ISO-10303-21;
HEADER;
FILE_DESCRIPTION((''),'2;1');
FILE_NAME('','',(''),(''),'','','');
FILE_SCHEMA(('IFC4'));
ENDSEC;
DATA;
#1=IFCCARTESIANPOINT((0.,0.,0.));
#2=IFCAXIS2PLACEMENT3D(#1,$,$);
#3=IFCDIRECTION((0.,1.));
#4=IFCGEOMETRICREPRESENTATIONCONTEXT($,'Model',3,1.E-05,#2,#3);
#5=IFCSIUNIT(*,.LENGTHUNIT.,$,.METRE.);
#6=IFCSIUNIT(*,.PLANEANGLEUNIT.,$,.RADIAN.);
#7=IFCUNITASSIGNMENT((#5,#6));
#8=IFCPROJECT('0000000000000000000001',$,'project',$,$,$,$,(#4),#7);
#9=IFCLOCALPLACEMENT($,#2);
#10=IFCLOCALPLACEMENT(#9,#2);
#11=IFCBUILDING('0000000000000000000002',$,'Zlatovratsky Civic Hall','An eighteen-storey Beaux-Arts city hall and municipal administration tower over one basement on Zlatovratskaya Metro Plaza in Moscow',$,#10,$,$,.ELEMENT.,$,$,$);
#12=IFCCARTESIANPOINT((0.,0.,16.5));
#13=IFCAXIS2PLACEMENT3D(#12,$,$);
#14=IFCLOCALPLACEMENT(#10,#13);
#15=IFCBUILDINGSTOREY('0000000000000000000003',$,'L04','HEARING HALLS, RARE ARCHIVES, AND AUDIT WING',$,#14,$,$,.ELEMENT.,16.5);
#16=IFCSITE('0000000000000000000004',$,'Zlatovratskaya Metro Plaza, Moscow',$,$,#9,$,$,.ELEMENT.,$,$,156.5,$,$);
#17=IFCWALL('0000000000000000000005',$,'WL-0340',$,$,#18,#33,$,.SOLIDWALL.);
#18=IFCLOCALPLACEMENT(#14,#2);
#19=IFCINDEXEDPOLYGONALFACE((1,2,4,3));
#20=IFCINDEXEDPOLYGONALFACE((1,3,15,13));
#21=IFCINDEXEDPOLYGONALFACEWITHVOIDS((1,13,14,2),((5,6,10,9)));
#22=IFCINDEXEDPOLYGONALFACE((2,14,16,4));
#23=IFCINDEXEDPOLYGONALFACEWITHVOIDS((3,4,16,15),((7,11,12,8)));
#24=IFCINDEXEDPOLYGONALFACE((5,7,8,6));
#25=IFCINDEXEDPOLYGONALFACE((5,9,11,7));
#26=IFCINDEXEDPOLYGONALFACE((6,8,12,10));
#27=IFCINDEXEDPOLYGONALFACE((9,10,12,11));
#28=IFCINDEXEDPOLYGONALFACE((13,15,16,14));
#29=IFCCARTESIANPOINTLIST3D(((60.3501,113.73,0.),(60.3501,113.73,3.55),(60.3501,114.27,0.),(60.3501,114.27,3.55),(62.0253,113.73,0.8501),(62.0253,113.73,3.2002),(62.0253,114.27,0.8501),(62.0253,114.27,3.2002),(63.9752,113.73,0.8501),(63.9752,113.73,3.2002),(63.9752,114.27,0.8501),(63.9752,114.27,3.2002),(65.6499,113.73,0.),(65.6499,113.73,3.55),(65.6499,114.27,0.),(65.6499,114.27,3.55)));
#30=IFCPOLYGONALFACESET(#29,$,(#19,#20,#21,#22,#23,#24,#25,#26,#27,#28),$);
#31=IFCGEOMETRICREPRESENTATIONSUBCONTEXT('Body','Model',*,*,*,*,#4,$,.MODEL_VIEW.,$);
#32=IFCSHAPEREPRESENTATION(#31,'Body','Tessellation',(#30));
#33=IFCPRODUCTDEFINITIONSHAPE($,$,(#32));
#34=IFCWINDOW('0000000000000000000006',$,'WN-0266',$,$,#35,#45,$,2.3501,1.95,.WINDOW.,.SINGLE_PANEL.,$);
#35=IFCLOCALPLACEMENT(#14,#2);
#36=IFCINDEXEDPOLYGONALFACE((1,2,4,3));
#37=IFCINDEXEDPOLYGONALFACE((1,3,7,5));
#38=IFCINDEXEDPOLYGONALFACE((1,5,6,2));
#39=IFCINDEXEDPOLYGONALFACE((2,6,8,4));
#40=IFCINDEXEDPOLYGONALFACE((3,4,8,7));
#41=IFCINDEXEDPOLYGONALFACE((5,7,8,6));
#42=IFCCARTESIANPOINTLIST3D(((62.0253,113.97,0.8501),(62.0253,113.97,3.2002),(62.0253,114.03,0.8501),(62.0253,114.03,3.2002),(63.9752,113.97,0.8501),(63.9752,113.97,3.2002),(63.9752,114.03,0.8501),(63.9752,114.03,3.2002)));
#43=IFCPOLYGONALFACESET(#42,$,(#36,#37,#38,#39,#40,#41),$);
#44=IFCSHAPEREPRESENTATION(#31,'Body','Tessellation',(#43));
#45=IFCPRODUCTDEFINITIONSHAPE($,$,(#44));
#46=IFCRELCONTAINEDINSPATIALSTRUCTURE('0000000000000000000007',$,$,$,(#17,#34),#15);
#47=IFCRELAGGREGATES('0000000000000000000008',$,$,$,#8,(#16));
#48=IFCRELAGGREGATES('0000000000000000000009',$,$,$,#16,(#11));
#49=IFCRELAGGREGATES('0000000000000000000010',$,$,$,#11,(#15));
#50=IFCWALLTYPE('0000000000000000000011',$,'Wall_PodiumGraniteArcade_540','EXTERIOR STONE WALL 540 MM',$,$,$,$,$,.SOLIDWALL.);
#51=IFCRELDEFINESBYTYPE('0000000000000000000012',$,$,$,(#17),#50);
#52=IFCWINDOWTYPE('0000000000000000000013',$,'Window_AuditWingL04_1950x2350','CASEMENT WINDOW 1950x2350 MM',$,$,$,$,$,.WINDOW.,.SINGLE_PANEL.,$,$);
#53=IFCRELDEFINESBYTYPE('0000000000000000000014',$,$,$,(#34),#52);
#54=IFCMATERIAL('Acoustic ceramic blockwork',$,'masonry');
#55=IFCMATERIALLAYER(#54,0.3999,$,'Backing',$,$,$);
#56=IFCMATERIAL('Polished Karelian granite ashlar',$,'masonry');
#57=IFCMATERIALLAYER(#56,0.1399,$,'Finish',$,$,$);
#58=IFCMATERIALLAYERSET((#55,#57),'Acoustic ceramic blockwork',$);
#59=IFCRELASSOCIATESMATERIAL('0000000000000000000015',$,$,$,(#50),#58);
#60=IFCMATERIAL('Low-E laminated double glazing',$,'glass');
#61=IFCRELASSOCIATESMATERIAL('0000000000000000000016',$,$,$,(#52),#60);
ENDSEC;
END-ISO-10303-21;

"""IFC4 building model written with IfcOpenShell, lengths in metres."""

from ifc_helpers import new_model, si_unit, direction, frame, frame_2d, origin, place, context, subcontext, project, spatial, rectangle, extrude, material, layer, layer_set, type_object, element, fill, save


model = new_model("IFC4")

# Units and contexts
model_context = context("Model", 3, precision=1e-05, world=origin(), true_north=direction((0.0, 1.0)))
body_context = subcontext(model_context, "Body", "Model", "MODEL_VIEW")
ifc_project = project(units=[si_unit("LENGTHUNIT", "METRE"), si_unit("PLANEANGLEUNIT", "RADIAN")], contexts=[model_context])

# Site, building, storey
site_placement = place(None, origin())
site = spatial("IfcSite", under=ifc_project, at=site_placement, Name="Zlatovratskaya Metro Plaza, Moscow", CompositionType="ELEMENT", RefElevation=156.5)
building_placement = place(site_placement, origin())
building = spatial("IfcBuilding", under=site, at=building_placement, Name="Zlatovratsky Civic Hall", Description="An eighteen-storey Beaux-Arts city hall and municipal administration tower over one basement on Zlatovratskaya Metro Plaza in Moscow", CompositionType="ELEMENT")
storey_placement = place(building_placement, frame((0.0, 0.0, 16.5)))
storey = spatial("IfcBuildingStorey", under=building, at=storey_placement, Name="L04", Description="HEARING HALLS, RARE ARCHIVES, AND AUDIT WING", CompositionType="ELEMENT", Elevation=16.5)

# Wall, opening, window
ifc_material_1 = material(Name="Acoustic ceramic blockwork", Category="masonry")
ifc_layer_1 = layer(ifc_material_1, 0.3999, Name="Backing")
ifc_material_2 = material(Name="Polished Karelian granite ashlar", Category="masonry")
ifc_layer_2 = layer(ifc_material_2, 0.1399, Name="Finish")
ifc_layer_set = layer_set([ifc_layer_1, ifc_layer_2], Name="Acoustic ceramic blockwork")
wall_type = type_object("IfcWallType", Name="Wall_PodiumGraniteArcade_540", Description="EXTERIOR STONE WALL 540 MM", PredefinedType="SOLIDWALL", material=ifc_layer_set)
ifc_material_3 = material(Name="Low-E laminated double glazing", Category="glass")
window_type = type_object("IfcWindowType", Name="Window_AuditWingL04_1950x2350", Description="CASEMENT WINDOW 1950x2350 MM", PartitioningType="SINGLE_PANEL", PredefinedType="WINDOW", material=ifc_material_3)
wall_1_placement = place(storey_placement, frame((60.3501, 114.0, 0.0), z_axis=(0.0, 0.0, 1.0), x_axis=(1.0, 0.0, 0.0)))
wall_1 = element("IfcWall", 1, at=wall_1_placement, inside=storey, type_object=wall_type, Name="WL-0340", PredefinedType="SOLIDWALL", context=body_context, shape_type="SweptSolid", body=[
    extrude(rectangle(XDim=5.2998, YDim=0.54, at=frame_2d((2.6499, 0.0))), origin(), (0.0, 0.0, 1.0), 3.55),
])
opening_1_placement = place(wall_1_placement, frame((1.675, 0.0, 0.8501)))
opening_1 = element("IfcOpeningElement", 2, at=opening_1_placement, cuts=wall_1, PredefinedType="OPENING", context=body_context, shape_type="SweptSolid", body=[
    extrude(rectangle(XDim=1.95, YDim=2.3501, at=frame_2d((0.9751, 1.175))), frame((0.0, 0.2849, 0.0), z_axis=(0.0, -1.0, 0.0), x_axis=(1.0, 0.0, 0.0)), (0.0, 0.0, 1.0), 0.5698),
])
window_1_placement = place(opening_1_placement, origin())
window_1 = element("IfcWindow", 3, at=window_1_placement, inside=storey, type_object=window_type, Name="WN-0266", OverallHeight=2.3501, OverallWidth=1.95, PartitioningType="SINGLE_PANEL", PredefinedType="WINDOW", context=body_context, shape_type="SweptSolid", body=[
    extrude(rectangle(XDim=1.95, YDim=2.3501, at=frame_2d((0.9751, 1.175))), frame((0.0, 0.03, 0.0), z_axis=(0.0, -1.0, 0.0), x_axis=(1.0, 0.0, 0.0)), (0.0, 0.0, 1.0), 0.0601),
])
fill(opening_1, window_1)

save(model, "model.ifc")
